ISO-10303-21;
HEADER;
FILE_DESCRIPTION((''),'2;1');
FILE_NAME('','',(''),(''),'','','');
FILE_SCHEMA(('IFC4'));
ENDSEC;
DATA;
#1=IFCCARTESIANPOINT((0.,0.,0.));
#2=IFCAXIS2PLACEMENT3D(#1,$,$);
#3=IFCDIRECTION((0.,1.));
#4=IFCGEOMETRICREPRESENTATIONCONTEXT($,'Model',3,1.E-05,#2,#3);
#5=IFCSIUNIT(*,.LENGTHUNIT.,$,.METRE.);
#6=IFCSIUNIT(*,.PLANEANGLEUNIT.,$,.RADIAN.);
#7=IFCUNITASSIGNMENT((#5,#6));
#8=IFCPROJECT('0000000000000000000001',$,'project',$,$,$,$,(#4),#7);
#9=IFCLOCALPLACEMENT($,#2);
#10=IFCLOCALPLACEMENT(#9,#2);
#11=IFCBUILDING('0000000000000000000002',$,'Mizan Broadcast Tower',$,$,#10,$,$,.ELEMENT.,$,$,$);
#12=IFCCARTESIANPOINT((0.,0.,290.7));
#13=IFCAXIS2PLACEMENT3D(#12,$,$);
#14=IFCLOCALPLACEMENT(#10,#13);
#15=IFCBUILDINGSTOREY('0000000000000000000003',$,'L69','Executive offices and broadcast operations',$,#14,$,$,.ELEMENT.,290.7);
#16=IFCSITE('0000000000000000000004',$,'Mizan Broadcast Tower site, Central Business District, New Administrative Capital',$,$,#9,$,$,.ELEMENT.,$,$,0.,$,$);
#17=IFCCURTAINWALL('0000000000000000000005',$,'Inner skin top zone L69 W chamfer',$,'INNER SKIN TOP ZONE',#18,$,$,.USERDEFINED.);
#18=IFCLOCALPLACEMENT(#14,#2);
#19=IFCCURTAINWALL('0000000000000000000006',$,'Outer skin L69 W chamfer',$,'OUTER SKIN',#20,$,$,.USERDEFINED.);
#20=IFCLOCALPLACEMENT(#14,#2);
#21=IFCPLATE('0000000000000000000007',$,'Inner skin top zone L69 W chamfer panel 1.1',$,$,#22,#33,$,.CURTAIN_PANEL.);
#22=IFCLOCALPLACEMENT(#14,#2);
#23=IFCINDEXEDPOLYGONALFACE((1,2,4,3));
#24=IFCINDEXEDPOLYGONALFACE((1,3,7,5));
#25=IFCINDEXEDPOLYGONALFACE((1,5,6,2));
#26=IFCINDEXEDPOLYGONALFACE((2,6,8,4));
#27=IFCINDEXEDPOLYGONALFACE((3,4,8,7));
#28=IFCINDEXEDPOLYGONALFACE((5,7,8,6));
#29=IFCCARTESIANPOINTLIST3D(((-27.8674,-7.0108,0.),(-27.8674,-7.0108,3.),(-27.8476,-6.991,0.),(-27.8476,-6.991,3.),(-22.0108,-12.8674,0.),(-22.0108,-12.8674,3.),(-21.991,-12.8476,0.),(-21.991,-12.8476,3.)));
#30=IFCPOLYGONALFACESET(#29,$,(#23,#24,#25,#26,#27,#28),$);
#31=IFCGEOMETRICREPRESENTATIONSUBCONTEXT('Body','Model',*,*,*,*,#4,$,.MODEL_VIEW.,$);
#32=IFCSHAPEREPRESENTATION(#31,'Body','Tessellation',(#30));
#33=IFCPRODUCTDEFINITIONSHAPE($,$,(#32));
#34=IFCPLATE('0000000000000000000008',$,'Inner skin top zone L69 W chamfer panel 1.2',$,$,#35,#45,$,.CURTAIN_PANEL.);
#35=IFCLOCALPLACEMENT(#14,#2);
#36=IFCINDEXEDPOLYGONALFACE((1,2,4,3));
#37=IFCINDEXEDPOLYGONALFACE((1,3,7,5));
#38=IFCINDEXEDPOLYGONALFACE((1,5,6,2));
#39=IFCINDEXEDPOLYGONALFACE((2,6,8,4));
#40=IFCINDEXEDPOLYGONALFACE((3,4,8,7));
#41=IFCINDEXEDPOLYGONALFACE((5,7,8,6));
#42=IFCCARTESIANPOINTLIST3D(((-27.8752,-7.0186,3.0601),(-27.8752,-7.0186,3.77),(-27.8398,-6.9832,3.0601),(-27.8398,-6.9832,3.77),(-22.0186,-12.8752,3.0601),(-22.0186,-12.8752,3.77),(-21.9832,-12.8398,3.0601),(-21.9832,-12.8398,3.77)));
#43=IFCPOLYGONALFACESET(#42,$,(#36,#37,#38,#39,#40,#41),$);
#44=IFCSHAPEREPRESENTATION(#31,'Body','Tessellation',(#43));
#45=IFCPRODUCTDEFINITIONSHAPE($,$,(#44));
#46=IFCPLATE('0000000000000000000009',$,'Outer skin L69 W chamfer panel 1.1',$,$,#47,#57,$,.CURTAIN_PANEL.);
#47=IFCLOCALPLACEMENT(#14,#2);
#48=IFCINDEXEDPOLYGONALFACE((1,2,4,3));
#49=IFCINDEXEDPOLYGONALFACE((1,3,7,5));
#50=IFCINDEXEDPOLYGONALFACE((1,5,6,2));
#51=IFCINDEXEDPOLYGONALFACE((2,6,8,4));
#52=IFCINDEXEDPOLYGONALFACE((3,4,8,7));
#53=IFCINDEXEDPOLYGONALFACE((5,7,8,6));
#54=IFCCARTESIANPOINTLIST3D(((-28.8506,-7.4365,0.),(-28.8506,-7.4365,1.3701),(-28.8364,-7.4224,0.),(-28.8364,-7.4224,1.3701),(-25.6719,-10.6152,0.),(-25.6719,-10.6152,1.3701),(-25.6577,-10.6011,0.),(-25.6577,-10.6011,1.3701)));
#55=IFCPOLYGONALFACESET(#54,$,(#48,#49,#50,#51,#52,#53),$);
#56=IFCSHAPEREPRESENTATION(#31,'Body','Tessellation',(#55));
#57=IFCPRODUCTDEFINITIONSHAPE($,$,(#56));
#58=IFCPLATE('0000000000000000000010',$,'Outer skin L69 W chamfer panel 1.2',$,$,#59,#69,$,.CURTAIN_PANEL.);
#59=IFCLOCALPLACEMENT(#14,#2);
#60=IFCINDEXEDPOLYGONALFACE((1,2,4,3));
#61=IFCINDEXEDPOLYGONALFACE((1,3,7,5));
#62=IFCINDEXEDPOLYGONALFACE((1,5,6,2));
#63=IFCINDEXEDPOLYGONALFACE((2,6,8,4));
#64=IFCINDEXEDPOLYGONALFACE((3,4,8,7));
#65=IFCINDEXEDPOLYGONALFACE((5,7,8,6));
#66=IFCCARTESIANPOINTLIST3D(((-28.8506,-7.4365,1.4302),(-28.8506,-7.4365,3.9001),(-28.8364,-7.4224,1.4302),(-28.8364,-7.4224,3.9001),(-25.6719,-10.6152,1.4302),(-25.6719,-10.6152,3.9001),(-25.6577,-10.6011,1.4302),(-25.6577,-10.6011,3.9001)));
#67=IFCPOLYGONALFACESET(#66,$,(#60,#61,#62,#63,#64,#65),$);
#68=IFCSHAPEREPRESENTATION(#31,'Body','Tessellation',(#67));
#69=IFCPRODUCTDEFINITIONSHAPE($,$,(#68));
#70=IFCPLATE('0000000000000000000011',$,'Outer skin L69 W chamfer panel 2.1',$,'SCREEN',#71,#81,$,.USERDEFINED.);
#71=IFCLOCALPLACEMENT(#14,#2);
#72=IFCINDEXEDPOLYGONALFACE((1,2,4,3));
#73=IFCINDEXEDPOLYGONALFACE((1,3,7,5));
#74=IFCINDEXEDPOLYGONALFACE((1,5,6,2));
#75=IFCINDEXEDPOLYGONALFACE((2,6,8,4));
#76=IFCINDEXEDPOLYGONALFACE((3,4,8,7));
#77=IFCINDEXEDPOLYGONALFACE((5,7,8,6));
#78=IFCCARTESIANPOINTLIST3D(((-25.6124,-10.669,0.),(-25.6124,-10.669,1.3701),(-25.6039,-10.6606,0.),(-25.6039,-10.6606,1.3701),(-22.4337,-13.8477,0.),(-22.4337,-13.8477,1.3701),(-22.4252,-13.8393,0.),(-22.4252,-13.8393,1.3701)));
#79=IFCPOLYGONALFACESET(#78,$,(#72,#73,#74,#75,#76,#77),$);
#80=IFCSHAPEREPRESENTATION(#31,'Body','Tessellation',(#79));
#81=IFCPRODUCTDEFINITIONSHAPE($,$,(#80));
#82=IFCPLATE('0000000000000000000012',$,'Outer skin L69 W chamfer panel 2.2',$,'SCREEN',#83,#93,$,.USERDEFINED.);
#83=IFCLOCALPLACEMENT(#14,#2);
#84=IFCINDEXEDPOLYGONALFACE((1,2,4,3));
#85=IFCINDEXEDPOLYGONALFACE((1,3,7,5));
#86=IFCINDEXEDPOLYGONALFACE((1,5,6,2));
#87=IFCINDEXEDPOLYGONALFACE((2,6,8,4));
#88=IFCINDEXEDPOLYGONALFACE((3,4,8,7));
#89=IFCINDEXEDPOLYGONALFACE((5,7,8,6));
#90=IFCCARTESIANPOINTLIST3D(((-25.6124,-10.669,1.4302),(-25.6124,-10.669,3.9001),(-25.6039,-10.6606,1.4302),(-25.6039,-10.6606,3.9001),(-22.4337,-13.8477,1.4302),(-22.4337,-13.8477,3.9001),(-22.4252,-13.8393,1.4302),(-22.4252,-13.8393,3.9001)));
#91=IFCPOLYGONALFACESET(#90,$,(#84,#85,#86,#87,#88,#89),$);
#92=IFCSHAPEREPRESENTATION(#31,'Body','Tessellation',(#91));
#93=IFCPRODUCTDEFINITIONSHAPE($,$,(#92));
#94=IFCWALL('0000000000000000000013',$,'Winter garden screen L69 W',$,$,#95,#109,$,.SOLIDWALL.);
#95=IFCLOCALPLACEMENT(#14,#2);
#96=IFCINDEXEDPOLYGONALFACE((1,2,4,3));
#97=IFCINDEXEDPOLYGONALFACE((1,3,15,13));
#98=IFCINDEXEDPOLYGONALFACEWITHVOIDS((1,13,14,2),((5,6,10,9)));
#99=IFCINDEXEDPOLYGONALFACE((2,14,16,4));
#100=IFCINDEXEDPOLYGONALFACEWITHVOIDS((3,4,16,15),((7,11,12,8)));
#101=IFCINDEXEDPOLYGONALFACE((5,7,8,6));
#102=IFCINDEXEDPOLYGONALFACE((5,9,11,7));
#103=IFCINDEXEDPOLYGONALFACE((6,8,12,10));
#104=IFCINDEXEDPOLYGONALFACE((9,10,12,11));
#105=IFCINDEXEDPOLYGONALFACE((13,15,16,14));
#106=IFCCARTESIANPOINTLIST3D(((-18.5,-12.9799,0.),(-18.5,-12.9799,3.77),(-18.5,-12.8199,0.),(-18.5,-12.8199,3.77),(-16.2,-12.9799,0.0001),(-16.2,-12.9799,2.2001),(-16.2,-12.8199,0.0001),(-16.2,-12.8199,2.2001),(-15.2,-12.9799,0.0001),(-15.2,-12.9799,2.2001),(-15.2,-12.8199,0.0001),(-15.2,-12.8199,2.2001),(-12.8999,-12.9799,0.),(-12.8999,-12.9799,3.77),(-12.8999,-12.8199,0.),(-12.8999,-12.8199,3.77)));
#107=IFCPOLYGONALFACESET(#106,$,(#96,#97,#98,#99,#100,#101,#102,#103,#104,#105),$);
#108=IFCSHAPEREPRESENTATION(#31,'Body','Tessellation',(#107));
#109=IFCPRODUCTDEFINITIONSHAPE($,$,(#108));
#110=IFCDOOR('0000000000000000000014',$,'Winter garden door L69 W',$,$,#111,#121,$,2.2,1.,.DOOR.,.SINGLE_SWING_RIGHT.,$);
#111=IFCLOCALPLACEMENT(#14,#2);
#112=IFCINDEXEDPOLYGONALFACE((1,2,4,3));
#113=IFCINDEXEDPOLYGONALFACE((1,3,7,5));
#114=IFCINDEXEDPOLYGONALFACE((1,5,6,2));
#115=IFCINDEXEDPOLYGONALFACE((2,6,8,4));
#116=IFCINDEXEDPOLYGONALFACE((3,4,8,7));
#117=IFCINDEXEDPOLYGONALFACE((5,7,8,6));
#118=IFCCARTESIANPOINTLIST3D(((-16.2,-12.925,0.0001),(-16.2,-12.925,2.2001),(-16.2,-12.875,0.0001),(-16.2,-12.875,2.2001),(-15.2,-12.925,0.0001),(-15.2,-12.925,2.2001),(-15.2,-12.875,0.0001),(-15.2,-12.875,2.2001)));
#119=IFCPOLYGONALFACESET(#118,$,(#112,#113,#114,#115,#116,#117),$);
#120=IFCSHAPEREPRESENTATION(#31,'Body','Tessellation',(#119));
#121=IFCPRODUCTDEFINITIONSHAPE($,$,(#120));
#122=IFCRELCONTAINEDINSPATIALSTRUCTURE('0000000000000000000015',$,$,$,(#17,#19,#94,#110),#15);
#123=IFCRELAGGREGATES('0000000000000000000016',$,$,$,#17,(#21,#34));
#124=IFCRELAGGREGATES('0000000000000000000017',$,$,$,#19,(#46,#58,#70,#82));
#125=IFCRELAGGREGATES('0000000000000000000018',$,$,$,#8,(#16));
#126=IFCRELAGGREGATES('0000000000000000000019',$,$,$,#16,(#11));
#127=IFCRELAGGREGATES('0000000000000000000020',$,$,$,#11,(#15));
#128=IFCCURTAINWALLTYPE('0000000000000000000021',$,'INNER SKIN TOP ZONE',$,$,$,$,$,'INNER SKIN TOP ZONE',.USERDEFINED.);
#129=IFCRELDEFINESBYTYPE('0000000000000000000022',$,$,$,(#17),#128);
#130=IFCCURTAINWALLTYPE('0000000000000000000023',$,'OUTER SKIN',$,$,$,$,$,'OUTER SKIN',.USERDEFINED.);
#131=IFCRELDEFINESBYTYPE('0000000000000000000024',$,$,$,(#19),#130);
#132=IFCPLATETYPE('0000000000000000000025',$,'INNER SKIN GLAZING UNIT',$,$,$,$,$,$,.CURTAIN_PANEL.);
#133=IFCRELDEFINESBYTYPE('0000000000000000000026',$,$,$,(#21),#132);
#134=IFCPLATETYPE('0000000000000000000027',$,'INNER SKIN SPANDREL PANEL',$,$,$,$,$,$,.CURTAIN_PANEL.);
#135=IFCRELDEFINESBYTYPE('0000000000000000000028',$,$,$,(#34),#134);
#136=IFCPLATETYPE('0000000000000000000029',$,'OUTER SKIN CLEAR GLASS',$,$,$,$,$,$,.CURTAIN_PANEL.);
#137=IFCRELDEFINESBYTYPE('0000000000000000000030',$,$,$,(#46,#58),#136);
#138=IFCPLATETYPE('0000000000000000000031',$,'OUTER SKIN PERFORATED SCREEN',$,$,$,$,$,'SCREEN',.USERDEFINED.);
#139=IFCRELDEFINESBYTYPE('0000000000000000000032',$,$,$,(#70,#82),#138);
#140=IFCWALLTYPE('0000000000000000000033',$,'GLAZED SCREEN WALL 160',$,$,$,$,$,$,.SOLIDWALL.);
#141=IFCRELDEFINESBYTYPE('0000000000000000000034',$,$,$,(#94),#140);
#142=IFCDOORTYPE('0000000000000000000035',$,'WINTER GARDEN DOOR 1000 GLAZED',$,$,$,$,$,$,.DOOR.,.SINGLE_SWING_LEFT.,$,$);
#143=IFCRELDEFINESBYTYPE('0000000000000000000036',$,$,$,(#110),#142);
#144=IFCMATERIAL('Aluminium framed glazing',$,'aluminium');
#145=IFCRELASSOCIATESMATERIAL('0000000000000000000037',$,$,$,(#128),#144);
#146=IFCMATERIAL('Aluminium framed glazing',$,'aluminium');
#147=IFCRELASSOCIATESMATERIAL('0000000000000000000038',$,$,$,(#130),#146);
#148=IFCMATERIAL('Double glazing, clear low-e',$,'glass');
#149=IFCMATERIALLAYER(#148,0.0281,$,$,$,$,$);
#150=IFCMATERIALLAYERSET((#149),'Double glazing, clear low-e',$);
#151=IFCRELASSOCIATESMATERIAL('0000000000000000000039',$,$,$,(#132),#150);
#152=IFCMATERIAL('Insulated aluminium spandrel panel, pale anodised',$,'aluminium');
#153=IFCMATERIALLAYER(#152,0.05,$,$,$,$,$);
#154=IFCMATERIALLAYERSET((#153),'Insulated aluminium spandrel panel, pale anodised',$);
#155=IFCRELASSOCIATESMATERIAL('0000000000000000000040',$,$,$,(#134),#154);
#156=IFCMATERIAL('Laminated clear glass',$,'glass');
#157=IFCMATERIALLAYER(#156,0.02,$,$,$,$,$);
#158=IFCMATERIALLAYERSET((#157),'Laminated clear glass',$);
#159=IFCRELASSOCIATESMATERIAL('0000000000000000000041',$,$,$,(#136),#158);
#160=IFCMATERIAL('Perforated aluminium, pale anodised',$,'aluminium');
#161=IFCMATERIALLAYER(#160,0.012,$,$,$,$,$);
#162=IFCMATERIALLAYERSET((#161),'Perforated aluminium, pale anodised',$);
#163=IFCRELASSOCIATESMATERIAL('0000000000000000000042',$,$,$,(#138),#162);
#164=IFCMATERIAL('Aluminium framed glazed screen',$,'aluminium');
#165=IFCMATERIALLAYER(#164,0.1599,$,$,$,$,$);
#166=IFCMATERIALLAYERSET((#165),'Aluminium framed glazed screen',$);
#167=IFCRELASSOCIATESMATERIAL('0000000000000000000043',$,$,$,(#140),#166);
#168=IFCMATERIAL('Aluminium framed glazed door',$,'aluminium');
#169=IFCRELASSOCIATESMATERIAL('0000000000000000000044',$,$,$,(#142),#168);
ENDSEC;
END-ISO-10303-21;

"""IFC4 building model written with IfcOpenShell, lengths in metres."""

from ifc_helpers import new_model, si_unit, direction, frame, frame_2d, origin, origin_2d, place, context, subcontext, project, spatial, rectangle, extrude, material, layer, layer_set, type_object, element, fill, aggregate, save


model = new_model("IFC4")

# Units and contexts
model_context = context("Model", 3, precision=1e-05, world=origin(), true_north=direction((0.0, 1.0)))
body_context = subcontext(model_context, "Body", "Model", "MODEL_VIEW")
ifc_project = project(units=[si_unit("LENGTHUNIT", "METRE"), si_unit("PLANEANGLEUNIT", "RADIAN")], contexts=[model_context])

# Site, building, storey
site_placement = place(None, origin())
site = spatial("IfcSite", under=ifc_project, at=site_placement, Name="Mizan Broadcast Tower site, Central Business District, New Administrative Capital", CompositionType="ELEMENT", RefElevation=0.0)
building_placement = place(site_placement, origin())
building = spatial("IfcBuilding", under=site, at=building_placement, Name="Mizan Broadcast Tower", CompositionType="ELEMENT")
storey_placement = place(building_placement, frame((0.0, 0.0, 290.7)))
storey = spatial("IfcBuildingStorey", under=building, at=storey_placement, Name="L69", Description="Executive offices and broadcast operations", CompositionType="ELEMENT", Elevation=290.7)

# Shared definitions
ifc_material_1 = material(Name="Aluminium framed glazing", Category="aluminium")
curtain_wall_type_1 = type_object("IfcCurtainWallType", Name="INNER SKIN TOP ZONE", ElementType="INNER SKIN TOP ZONE", PredefinedType="USERDEFINED", material=ifc_material_1)

# Curtain wall
curtain_wall_1_placement = place(storey_placement, origin())
curtain_wall_1 = element("IfcCurtainWall", 1, at=curtain_wall_1_placement, inside=storey, type_object=curtain_wall_type_1, Name="Inner skin top zone L69 W chamfer", ObjectType="INNER SKIN TOP ZONE", PredefinedType="USERDEFINED")

# Curtain wall
ifc_material_2 = material(Name="Aluminium framed glazing", Category="aluminium")
curtain_wall_type_2 = type_object("IfcCurtainWallType", Name="OUTER SKIN", ElementType="OUTER SKIN", PredefinedType="USERDEFINED", material=ifc_material_2)
curtain_wall_2_placement = place(storey_placement, origin())
curtain_wall_2 = element("IfcCurtainWall", 2, at=curtain_wall_2_placement, inside=storey, type_object=curtain_wall_type_2, Name="Outer skin L69 W chamfer", ObjectType="OUTER SKIN", PredefinedType="USERDEFINED")

# Plates
ifc_material_3 = material(Name="Double glazing, clear low-e", Category="glass")
ifc_layer_1 = layer(ifc_material_3, 0.0281)
ifc_layer_set_1 = layer_set([ifc_layer_1], Name="Double glazing, clear low-e")
plate_type_1 = type_object("IfcPlateType", Name="INNER SKIN GLAZING UNIT", PredefinedType="CURTAIN_PANEL", material=ifc_layer_set_1)
plate_1_placement = place(storey_placement, frame((-24.9292, -9.9292, 0.0), z_axis=(0.0, 0.0, 1.0), x_axis=(0.707107, -0.707107, 0.0)))
plate_1 = element("IfcPlate", 3, at=plate_1_placement, type_object=plate_type_1, Name="Inner skin top zone L69 W chamfer panel 1.1", PredefinedType="CURTAIN_PANEL", context=body_context, shape_type="SweptSolid", body=[
    extrude(rectangle(XDim=8.2825, YDim=0.0281, at=origin_2d()), origin(), (0.0, 0.0, 1.0), 3.0),
])
ifc_material_4 = material(Name="Insulated aluminium spandrel panel, pale anodised", Category="aluminium")
ifc_layer_2 = layer(ifc_material_4, 0.05)
ifc_layer_set_2 = layer_set([ifc_layer_2], Name="Insulated aluminium spandrel panel, pale anodised")
plate_type_2 = type_object("IfcPlateType", Name="INNER SKIN SPANDREL PANEL", PredefinedType="CURTAIN_PANEL", material=ifc_layer_set_2)
plate_2_placement = place(storey_placement, frame((-24.9292, -9.9292, 3.0601), z_axis=(0.0, 0.0, 1.0), x_axis=(0.707107, -0.707107, 0.0)))
plate_2 = element("IfcPlate", 4, at=plate_2_placement, type_object=plate_type_2, Name="Inner skin top zone L69 W chamfer panel 1.2", PredefinedType="CURTAIN_PANEL", context=body_context, shape_type="SweptSolid", body=[
    extrude(rectangle(XDim=8.2825, YDim=0.05, at=origin_2d()), origin(), (0.0, 0.0, 1.0), 0.71),
])
aggregate(curtain_wall_1, [plate_1, plate_2])
ifc_material_5 = material(Name="Laminated clear glass", Category="glass")
ifc_layer_3 = layer(ifc_material_5, 0.02)
ifc_layer_set_3 = layer_set([ifc_layer_3], Name="Laminated clear glass")
plate_type_3 = type_object("IfcPlateType", Name="OUTER SKIN CLEAR GLASS", PredefinedType="CURTAIN_PANEL", material=ifc_layer_set_3)
plate_3_placement = place(storey_placement, frame((-27.2542, -9.0188, 0.0), z_axis=(0.0, 0.0, 1.0), x_axis=(0.707107, -0.707107, 0.0)))
plate_3 = element("IfcPlate", 5, at=plate_3_placement, type_object=plate_type_3, Name="Outer skin L69 W chamfer panel 1.1", PredefinedType="CURTAIN_PANEL", context=body_context, shape_type="SweptSolid", body=[
    extrude(rectangle(XDim=4.4954, YDim=0.02, at=origin_2d()), origin(), (0.0, 0.0, 1.0), 1.3701),
])
plate_4_placement = place(storey_placement, frame((-27.2542, -9.0188, 1.4302), z_axis=(0.0, 0.0, 1.0), x_axis=(0.707107, -0.707107, 0.0)))
plate_4 = element("IfcPlate", 6, at=plate_4_placement, type_object=plate_type_3, Name="Outer skin L69 W chamfer panel 1.2", PredefinedType="CURTAIN_PANEL", context=body_context, shape_type="SweptSolid", body=[
    extrude(rectangle(XDim=4.4954, YDim=0.02, at=origin_2d()), origin(), (0.0, 0.0, 1.0), 2.47),
])
ifc_material_6 = material(Name="Perforated aluminium, pale anodised", Category="aluminium")
ifc_layer_4 = layer(ifc_material_6, 0.012)
ifc_layer_set_4 = layer_set([ifc_layer_4], Name="Perforated aluminium, pale anodised")
plate_type_4 = type_object("IfcPlateType", Name="OUTER SKIN PERFORATED SCREEN", ElementType="SCREEN", PredefinedType="USERDEFINED", material=ifc_layer_set_4)
plate_5_placement = place(storey_placement, frame((-24.0188, -12.2542, 0.0), z_axis=(0.0, 0.0, 1.0), x_axis=(0.707107, -0.707107, 0.0)))
plate_5 = element("IfcPlate", 7, at=plate_5_placement, type_object=plate_type_4, Name="Outer skin L69 W chamfer panel 2.1", ObjectType="SCREEN", PredefinedType="USERDEFINED", context=body_context, shape_type="SweptSolid", body=[
    extrude(rectangle(XDim=4.4954, YDim=0.012, at=origin_2d()), origin(), (0.0, 0.0, 1.0), 1.3701),
])
plate_6_placement = place(storey_placement, frame((-24.0188, -12.2542, 1.4302), z_axis=(0.0, 0.0, 1.0), x_axis=(0.707107, -0.707107, 0.0)))
plate_6 = element("IfcPlate", 8, at=plate_6_placement, type_object=plate_type_4, Name="Outer skin L69 W chamfer panel 2.2", ObjectType="SCREEN", PredefinedType="USERDEFINED", context=body_context, shape_type="SweptSolid", body=[
    extrude(rectangle(XDim=4.4954, YDim=0.012, at=origin_2d()), origin(), (0.0, 0.0, 1.0), 2.47),
])
aggregate(curtain_wall_2, [plate_3, plate_4, plate_5, plate_6])

# Wall, opening, door
ifc_material_7 = material(Name="Aluminium framed glazed screen", Category="aluminium")
ifc_layer_5 = layer(ifc_material_7, 0.1599)
ifc_layer_set_5 = layer_set([ifc_layer_5], Name="Aluminium framed glazed screen")
wall_type = type_object("IfcWallType", Name="GLAZED SCREEN WALL 160", PredefinedType="SOLIDWALL", material=ifc_layer_set_5)
wall_placement = place(storey_placement, frame((-18.5, -12.8999, 0.0), z_axis=(0.0, 0.0, 1.0), x_axis=(1.0, 0.0, 0.0)))
wall = element("IfcWall", 9, at=wall_placement, inside=storey, type_object=wall_type, Name="Winter garden screen L69 W", PredefinedType="SOLIDWALL", context=body_context, shape_type="SweptSolid", body=[
    extrude(rectangle(XDim=5.6001, YDim=0.1599, at=frame_2d((2.8, 0.0))), origin(), (0.0, 0.0, 1.0), 3.77),
])
opening_placement = place(wall_placement, frame((2.3, 0.0, 0.0)))
opening = element("IfcOpeningElement", 10, at=opening_placement, cuts=wall, PredefinedType="OPENING", context=body_context, shape_type="SweptSolid", body=[
    extrude(rectangle(XDim=1.0, YDim=2.2, at=frame_2d((0.5, 1.1001))), frame((0.0, 0.0898, 0.0), z_axis=(0.0, -1.0, 0.0), x_axis=(1.0, 0.0, 0.0)), (0.0, 0.0, 1.0), 0.1799),
])
ifc_material_8 = material(Name="Aluminium framed glazed door", Category="aluminium")
door_type = type_object("IfcDoorType", Name="WINTER GARDEN DOOR 1000 GLAZED", OperationType="SINGLE_SWING_LEFT", PredefinedType="DOOR", material=ifc_material_8)
door_placement = place(opening_placement, origin())
door = element("IfcDoor", 11, at=door_placement, inside=storey, type_object=door_type, Name="Winter garden door L69 W", OperationType="SINGLE_SWING_RIGHT", OverallHeight=2.2, OverallWidth=1.0, PredefinedType="DOOR", context=body_context, shape_type="SweptSolid", body=[
    extrude(rectangle(XDim=1.0, YDim=2.2, at=frame_2d((0.5, 1.1001))), frame((0.0, 0.0249, 0.0), z_axis=(0.0, -1.0, 0.0), x_axis=(1.0, 0.0, 0.0)), (0.0, 0.0, 1.0), 0.05),
])
fill(opening, door)

save(model, "model.ifc")
